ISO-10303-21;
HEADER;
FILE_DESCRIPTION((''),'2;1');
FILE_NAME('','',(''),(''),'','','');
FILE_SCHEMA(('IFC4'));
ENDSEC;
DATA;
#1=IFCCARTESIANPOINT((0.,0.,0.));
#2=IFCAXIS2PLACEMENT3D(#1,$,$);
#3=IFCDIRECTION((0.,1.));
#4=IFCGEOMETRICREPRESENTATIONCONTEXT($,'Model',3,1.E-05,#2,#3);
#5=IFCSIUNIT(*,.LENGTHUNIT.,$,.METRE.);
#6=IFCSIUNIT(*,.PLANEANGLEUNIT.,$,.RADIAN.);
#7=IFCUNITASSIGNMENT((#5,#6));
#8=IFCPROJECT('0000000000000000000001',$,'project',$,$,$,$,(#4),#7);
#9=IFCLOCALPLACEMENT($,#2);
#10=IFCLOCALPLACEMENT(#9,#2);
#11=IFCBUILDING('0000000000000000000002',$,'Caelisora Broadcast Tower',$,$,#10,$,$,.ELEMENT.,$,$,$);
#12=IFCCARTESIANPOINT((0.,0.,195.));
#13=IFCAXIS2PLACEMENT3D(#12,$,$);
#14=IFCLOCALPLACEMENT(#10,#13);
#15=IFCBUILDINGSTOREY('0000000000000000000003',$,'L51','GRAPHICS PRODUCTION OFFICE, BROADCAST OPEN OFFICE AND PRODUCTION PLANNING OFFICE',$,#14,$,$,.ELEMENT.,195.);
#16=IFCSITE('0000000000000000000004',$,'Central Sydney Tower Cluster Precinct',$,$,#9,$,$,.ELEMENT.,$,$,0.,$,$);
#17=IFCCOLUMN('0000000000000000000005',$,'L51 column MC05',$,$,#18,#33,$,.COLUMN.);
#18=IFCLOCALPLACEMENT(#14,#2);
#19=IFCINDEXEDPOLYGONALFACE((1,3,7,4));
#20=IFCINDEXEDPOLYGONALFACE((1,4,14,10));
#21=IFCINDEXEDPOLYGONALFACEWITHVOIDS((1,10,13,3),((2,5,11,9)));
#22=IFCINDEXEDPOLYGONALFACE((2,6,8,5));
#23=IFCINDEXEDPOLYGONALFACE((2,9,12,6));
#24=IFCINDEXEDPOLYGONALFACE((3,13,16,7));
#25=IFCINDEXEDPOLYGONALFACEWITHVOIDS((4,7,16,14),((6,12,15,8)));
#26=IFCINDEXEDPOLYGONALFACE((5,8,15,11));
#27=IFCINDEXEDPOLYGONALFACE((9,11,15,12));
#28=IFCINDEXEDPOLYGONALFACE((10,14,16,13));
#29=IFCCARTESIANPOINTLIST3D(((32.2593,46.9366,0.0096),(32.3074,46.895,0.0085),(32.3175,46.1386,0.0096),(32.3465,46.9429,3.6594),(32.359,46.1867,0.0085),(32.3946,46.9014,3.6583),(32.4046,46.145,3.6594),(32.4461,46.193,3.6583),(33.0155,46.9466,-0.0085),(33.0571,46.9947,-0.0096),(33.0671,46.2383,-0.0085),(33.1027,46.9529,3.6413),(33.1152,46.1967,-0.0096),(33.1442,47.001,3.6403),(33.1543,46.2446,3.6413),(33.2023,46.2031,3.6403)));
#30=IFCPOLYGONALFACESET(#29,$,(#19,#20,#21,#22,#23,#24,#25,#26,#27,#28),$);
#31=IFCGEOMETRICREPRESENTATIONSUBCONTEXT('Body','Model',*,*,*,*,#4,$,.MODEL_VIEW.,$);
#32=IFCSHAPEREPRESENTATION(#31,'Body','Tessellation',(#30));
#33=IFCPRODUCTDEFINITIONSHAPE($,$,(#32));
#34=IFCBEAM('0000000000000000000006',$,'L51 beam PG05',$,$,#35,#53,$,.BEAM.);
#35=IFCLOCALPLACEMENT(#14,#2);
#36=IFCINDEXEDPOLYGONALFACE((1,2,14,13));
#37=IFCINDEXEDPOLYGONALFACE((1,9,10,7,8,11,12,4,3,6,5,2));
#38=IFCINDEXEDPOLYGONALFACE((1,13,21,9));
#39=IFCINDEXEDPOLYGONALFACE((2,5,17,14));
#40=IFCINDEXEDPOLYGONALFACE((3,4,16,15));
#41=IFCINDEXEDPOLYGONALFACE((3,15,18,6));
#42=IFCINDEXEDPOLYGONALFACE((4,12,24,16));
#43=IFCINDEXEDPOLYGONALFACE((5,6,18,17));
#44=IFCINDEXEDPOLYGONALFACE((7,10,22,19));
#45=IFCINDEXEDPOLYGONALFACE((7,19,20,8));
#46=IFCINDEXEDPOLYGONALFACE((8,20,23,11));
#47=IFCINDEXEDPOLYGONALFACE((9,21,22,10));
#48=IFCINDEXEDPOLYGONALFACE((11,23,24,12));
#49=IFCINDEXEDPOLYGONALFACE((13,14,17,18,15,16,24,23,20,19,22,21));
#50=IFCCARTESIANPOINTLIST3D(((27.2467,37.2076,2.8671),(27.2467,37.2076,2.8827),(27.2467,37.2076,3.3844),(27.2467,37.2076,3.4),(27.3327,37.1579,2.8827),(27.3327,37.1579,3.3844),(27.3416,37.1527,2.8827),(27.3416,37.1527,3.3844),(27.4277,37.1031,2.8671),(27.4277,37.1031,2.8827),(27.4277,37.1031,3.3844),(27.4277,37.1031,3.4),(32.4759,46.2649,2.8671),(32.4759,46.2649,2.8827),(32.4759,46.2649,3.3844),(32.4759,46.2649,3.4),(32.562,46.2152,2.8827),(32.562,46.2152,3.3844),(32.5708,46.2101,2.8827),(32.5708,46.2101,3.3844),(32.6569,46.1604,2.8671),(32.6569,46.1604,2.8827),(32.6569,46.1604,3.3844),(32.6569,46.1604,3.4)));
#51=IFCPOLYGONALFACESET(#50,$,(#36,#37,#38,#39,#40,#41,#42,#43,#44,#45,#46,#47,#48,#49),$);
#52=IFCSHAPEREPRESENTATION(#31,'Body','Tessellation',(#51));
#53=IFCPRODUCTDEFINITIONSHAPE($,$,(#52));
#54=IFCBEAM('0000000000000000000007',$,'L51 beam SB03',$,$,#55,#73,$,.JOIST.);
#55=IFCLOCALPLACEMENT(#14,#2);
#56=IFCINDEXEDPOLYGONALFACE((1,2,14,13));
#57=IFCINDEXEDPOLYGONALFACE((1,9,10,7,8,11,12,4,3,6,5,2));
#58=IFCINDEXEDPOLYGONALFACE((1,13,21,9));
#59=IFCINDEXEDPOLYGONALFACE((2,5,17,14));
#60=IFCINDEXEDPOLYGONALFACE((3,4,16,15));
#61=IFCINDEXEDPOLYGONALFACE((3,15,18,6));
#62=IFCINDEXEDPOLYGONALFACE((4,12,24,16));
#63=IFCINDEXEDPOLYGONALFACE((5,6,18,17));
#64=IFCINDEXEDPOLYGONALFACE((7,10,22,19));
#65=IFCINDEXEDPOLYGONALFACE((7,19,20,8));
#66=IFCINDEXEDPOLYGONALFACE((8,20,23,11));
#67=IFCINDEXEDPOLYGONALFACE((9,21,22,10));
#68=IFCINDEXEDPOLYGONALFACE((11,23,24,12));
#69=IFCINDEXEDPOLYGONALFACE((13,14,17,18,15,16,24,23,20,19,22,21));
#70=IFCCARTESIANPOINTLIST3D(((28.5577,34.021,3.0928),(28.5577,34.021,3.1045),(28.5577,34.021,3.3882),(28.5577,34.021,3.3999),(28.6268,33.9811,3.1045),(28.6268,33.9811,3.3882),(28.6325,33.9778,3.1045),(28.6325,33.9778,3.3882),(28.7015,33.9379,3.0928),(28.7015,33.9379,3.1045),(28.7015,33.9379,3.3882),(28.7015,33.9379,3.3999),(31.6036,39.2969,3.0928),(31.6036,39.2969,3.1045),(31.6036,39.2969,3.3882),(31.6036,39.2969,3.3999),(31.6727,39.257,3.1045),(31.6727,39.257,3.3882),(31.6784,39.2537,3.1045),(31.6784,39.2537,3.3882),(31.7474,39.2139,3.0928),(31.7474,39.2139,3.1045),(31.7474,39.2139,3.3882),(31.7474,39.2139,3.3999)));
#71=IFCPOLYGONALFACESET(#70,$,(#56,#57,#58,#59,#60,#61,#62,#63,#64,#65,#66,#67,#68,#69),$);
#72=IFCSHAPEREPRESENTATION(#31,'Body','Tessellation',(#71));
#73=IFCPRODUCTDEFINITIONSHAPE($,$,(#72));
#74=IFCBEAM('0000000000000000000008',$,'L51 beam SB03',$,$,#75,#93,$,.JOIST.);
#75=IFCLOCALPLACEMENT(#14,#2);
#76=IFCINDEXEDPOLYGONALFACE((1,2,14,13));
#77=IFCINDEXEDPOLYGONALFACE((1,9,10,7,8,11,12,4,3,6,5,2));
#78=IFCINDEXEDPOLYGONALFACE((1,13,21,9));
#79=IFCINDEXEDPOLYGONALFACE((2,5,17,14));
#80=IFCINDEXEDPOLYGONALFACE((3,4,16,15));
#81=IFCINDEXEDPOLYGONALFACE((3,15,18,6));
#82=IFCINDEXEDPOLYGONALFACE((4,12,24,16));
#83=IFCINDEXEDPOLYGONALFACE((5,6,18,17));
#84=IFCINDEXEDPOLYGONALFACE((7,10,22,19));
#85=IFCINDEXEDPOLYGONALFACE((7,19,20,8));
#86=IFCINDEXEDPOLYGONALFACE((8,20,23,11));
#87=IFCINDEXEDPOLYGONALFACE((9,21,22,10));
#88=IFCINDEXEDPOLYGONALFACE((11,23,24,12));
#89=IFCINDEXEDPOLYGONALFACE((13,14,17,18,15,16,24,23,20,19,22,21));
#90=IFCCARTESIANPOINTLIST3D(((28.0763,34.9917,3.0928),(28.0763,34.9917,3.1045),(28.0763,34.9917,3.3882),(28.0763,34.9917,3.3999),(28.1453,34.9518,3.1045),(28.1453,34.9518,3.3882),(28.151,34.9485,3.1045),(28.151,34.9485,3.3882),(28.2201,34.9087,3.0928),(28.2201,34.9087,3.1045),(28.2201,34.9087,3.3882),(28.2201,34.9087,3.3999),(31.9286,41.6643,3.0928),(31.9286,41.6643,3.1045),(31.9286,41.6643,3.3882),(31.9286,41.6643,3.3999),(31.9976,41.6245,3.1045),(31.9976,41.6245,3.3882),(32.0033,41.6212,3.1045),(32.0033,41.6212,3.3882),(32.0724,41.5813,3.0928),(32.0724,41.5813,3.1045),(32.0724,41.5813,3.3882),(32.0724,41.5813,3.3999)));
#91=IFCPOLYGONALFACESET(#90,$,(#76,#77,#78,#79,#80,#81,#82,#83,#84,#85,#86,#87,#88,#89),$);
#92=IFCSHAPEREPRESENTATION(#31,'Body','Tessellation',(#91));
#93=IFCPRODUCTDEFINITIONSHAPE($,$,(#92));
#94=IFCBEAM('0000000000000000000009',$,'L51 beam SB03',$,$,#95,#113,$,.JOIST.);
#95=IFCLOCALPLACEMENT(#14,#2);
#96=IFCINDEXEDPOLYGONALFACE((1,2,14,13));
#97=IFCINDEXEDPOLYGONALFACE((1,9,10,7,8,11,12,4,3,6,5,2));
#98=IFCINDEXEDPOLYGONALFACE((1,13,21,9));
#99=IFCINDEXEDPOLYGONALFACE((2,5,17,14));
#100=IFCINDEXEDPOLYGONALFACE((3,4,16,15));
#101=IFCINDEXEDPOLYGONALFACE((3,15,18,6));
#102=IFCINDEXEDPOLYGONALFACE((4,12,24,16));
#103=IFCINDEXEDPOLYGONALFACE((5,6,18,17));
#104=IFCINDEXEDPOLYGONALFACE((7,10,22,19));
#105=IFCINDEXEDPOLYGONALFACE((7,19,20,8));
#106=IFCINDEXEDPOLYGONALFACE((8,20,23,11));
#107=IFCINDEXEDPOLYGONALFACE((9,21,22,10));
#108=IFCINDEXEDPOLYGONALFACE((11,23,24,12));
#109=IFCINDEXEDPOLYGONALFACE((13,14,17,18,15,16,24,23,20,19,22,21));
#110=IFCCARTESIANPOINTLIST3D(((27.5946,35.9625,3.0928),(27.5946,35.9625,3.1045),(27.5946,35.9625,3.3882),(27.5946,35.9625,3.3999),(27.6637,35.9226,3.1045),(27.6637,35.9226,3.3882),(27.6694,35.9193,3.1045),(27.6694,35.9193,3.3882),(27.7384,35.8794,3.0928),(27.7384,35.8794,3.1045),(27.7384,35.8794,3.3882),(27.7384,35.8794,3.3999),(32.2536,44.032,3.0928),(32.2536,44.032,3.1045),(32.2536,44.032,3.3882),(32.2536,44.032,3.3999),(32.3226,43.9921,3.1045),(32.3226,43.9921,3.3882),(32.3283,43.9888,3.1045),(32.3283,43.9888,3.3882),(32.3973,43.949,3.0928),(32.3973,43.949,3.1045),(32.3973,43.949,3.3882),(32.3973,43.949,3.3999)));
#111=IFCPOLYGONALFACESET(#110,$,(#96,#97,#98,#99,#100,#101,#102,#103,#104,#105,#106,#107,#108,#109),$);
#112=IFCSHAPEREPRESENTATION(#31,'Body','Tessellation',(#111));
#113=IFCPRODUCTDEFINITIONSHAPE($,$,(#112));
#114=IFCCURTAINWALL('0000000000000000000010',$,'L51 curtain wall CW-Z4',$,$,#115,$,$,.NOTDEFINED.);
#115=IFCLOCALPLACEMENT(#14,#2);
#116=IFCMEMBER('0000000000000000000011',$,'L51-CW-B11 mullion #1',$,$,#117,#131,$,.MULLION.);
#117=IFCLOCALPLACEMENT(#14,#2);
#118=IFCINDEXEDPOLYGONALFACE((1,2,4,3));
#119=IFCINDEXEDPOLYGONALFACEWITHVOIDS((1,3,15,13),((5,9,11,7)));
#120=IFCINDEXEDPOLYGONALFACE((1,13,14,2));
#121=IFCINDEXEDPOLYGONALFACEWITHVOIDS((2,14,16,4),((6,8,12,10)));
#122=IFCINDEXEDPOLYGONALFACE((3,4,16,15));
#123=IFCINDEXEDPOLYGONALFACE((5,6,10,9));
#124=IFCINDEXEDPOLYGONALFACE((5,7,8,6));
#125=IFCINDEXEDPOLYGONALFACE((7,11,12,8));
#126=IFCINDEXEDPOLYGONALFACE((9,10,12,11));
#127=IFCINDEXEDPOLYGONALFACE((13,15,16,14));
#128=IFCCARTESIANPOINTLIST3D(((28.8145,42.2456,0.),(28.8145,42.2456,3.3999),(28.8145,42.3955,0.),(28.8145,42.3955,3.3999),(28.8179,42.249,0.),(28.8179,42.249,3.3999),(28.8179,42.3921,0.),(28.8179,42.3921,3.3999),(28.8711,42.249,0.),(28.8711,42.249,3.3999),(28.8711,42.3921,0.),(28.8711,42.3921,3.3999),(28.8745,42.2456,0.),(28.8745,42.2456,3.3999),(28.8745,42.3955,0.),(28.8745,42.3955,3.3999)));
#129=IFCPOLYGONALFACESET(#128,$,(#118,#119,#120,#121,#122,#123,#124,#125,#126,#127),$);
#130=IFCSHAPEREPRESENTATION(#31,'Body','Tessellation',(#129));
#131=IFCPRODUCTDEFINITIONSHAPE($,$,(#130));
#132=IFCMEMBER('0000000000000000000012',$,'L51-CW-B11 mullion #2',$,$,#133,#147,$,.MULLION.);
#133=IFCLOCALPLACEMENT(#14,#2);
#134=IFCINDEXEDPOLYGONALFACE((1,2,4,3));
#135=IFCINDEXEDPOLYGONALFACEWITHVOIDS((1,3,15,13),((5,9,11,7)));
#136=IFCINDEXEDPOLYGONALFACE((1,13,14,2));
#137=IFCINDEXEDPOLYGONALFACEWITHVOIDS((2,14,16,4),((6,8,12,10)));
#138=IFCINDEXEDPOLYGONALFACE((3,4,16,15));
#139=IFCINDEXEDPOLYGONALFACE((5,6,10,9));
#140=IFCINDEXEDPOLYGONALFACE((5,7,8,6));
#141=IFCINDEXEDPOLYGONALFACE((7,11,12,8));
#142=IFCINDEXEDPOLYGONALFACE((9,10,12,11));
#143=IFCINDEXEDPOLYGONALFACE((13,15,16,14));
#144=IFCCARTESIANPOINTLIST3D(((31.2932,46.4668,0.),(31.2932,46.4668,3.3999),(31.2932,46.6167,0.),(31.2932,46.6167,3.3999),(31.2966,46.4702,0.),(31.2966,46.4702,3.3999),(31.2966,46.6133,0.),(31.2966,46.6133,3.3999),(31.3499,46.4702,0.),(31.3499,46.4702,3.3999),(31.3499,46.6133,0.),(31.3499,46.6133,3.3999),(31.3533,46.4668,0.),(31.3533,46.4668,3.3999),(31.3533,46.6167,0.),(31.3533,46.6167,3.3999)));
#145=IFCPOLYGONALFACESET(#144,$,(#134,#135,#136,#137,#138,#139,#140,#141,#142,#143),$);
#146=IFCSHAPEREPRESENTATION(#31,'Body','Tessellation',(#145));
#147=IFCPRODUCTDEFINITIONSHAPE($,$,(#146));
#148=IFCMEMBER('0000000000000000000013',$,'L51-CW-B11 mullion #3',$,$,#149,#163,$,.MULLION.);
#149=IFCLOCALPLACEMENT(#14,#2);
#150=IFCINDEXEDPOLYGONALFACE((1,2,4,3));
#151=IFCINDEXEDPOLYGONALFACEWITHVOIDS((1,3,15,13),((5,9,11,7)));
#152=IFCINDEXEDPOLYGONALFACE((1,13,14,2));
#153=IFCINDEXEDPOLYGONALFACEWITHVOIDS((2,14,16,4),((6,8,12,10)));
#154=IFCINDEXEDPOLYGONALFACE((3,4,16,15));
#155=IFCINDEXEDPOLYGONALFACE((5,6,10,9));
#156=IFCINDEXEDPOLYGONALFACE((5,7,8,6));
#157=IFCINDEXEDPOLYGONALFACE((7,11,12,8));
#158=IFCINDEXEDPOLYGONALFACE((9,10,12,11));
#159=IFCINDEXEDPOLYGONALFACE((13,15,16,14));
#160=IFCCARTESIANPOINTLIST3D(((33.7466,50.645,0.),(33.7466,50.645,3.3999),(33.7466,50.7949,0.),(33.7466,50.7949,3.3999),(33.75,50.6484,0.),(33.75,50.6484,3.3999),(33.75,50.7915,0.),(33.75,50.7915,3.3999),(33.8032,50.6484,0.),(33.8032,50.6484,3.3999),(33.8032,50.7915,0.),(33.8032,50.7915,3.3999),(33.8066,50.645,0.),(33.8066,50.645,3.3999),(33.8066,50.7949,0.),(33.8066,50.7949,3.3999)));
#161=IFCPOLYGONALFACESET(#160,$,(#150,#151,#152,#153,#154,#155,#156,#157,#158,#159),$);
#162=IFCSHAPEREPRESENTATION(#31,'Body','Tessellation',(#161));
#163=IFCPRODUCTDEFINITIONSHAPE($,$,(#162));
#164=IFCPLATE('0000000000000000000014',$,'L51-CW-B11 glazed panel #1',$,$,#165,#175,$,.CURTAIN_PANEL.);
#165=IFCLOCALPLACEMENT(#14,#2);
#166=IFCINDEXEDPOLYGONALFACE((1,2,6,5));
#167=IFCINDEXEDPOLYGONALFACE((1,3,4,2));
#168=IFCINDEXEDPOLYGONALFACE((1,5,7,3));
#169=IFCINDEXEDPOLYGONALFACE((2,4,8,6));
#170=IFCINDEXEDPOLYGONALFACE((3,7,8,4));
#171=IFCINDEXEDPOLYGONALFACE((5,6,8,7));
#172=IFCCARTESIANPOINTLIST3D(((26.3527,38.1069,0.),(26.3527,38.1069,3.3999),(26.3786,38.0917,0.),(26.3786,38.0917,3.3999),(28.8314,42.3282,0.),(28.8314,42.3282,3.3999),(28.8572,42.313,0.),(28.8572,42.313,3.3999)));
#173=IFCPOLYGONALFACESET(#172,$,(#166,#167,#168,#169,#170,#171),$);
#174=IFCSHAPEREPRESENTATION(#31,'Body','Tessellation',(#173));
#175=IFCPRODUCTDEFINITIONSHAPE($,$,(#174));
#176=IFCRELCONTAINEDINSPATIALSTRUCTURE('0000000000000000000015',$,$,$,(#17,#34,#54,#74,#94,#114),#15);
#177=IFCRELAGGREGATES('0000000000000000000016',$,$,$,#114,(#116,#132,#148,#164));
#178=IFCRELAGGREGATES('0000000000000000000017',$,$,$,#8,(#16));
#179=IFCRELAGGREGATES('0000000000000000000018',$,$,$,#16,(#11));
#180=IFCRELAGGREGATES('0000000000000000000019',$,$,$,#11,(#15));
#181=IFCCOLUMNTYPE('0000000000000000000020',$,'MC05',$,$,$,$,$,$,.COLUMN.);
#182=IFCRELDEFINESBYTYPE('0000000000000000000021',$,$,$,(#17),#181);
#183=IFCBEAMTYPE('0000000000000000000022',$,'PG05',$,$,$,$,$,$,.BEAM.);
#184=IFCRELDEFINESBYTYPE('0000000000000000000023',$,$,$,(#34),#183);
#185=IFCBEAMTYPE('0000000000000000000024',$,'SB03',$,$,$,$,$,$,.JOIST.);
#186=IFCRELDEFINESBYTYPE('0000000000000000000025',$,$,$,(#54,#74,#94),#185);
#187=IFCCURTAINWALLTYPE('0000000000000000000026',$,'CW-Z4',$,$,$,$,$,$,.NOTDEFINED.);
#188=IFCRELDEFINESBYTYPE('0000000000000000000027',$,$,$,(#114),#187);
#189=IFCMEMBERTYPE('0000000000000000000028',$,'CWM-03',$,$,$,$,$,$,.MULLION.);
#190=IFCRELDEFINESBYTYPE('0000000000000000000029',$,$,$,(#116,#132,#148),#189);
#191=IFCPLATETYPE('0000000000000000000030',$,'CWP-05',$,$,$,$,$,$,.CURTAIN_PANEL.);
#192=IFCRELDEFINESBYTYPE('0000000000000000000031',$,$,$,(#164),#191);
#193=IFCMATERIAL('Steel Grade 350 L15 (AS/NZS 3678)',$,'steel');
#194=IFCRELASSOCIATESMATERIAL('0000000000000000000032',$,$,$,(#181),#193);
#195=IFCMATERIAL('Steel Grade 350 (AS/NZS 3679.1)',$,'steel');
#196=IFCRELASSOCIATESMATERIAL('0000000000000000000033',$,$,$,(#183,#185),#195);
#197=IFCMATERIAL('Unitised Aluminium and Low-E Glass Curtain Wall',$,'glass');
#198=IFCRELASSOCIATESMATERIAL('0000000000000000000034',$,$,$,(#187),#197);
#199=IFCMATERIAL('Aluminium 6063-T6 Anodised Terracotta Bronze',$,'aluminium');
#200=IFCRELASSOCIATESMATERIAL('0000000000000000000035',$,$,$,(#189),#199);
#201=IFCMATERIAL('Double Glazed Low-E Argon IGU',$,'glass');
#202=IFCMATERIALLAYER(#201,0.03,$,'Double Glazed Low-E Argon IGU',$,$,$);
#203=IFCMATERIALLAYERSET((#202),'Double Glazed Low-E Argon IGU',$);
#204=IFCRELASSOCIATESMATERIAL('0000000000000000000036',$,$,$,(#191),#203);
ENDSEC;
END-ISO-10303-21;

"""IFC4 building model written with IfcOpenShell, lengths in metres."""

from ifc_helpers import new_model, si_unit, direction, frame, origin, origin_2d, place, context, subcontext, project, spatial, rectangle, hollow_rectangle, i_section, extrude, source, transform, mapped, material, layer, layer_set, material_profile, profile_set, type_object, type_shapes, element, aggregate, save


model = new_model("IFC4")

# Units and contexts
model_context = context("Model", 3, precision=1e-05, world=origin(), true_north=direction((0.0, 1.0)))
body_context = subcontext(model_context, "Body", "Model", "MODEL_VIEW")
ifc_project = project(units=[si_unit("LENGTHUNIT", "METRE"), si_unit("PLANEANGLEUNIT", "RADIAN")], contexts=[model_context])

# Site, building, storey
site_placement = place(None, origin())
site = spatial("IfcSite", under=ifc_project, at=site_placement, Name="Central Sydney Tower Cluster Precinct", CompositionType="ELEMENT", RefElevation=0.0)
building_placement = place(site_placement, origin())
building = spatial("IfcBuilding", under=site, at=building_placement, Name="Caelisora Broadcast Tower", CompositionType="ELEMENT")
storey_placement = place(building_placement, frame((0.0, 0.0, 195.0)))
storey = spatial("IfcBuildingStorey", under=building, at=storey_placement, Name="L51", Description="GRAPHICS PRODUCTION OFFICE, BROADCAST OPEN OFFICE AND PRODUCTION PLANNING OFFICE", CompositionType="ELEMENT", Elevation=195.0)

# Column
ifc_material_1 = material(Name="Steel Grade 350 L15 (AS/NZS 3678)", Category="steel")
ifc_material_profile_1 = material_profile(ifc_material_1, hollow_rectangle(XDim=0.8, YDim=0.8, WallThickness=0.0449, at=origin_2d()), Name="Steel Grade 350 L15 (AS/NZS 3678)")
ifc_profile_set_1 = profile_set([ifc_material_profile_1], Name="Steel Grade 350 L15 (AS/NZS 3678)")
column_type = type_object("IfcColumnType", Name="MC05", PredefinedType="COLUMN", material=ifc_profile_set_1)
shared_shape_1 = source(origin(), body_context, "Body", "SweptSolid", [
    extrude(hollow_rectangle(XDim=0.8, YDim=0.8, WallThickness=0.0449, at=origin_2d()), origin(), (0.0, 0.0, 1.0), 3.6509),
])
type_shapes(column_type, [shared_shape_1])
column_placement = place(storey_placement, frame((32.6873, 46.5667, 0.0), z_axis=(0.023873, 0.001739, 0.999713), x_axis=(-0.072637, 0.997358, 0.0)))
element("IfcColumn", 1, at=column_placement, inside=storey, type_object=column_type, Name="L51 column MC05", PredefinedType="COLUMN", context=body_context, shape_type="MappedRepresentation", body=[
    mapped(shared_shape_1, transform((0.0, 0.0, 0.0), scale=1.0)),
])

# Beams
ifc_material_2 = material(Name="Steel Grade 350 (AS/NZS 3679.1)", Category="steel")
ifc_material_profile_2 = material_profile(ifc_material_2, i_section(OverallWidth=0.209, OverallDepth=0.533, WebThickness=0.0103, FlangeThickness=0.0156, at=origin_2d()), Name="Steel Grade 350 (AS/NZS 3679.1)")
ifc_profile_set_2 = profile_set([ifc_material_profile_2], Name="Steel Grade 350 (AS/NZS 3679.1)")
beam_type_1 = type_object("IfcBeamType", Name="PG05", PredefinedType="BEAM", material=ifc_profile_set_2)
shared_shape_2 = source(origin(), body_context, "Body", "SweptSolid", [
    extrude(i_section(OverallWidth=0.209, OverallDepth=0.533, WebThickness=0.0103, FlangeThickness=0.0156, at=origin_2d()), origin(), (0.0, 0.0, 1.0), 10.4585),
])
type_shapes(beam_type_1, [shared_shape_2])
beam_1_placement = place(storey_placement, frame((32.5664, 46.2126, 3.1335), z_axis=(-0.499998, -0.866027, 0.0), x_axis=(0.866027, -0.499998, 0.0)))
element("IfcBeam", 2, at=beam_1_placement, inside=storey, type_object=beam_type_1, Name="L51 beam PG05", PredefinedType="BEAM", context=body_context, shape_type="MappedRepresentation", body=[
    mapped(shared_shape_2, transform((0.0, 0.0, 0.0), scale=1.0)),
])
ifc_material_profile_3 = material_profile(ifc_material_2, i_section(OverallWidth=0.166, OverallDepth=0.3071, WebThickness=0.0066, FlangeThickness=0.0117, at=origin_2d()), Name="Steel Grade 350 (AS/NZS 3679.1)")
ifc_profile_set_3 = profile_set([ifc_material_profile_3], Name="Steel Grade 350 (AS/NZS 3679.1)")
beam_type_2 = type_object("IfcBeamType", Name="SB03", PredefinedType="JOIST", material=ifc_profile_set_3)
shared_shape_3 = source(origin(), body_context, "Body", "SweptSolid", [
    extrude(i_section(OverallWidth=0.166, OverallDepth=0.3071, WebThickness=0.0066, FlangeThickness=0.0117, at=origin_2d()), origin(), (0.0, 0.0, 1.0), 6.092),
])
beam_2_placement = place(storey_placement, frame((31.6755, 39.2554, 3.2463), z_axis=(-0.499984, -0.866035, 0.0), x_axis=(0.866035, -0.499984, 0.0)))
element("IfcBeam", 3, at=beam_2_placement, inside=storey, type_object=beam_type_2, Name="L51 beam SB03", PredefinedType="JOIST", context=body_context, shape_type="MappedRepresentation", body=[
    mapped(shared_shape_3, transform((0.0, 0.0, 0.0), scale=1.0)),
])
shared_shape_4 = source(origin(), body_context, "Body", "SweptSolid", [
    extrude(i_section(OverallWidth=0.166, OverallDepth=0.3071, WebThickness=0.0066, FlangeThickness=0.0117, at=origin_2d()), origin(), (0.0, 0.0, 1.0), 7.7048),
])
beam_3_placement = place(storey_placement, frame((32.0005, 41.6228, 3.2463), z_axis=(-0.499987, -0.866033, 0.0), x_axis=(0.866033, -0.499987, 0.0)))
element("IfcBeam", 4, at=beam_3_placement, inside=storey, type_object=beam_type_2, Name="L51 beam SB03", PredefinedType="JOIST", context=body_context, shape_type="MappedRepresentation", body=[
    mapped(shared_shape_4, transform((0.0, 0.0, 0.0), scale=1.0)),
])
shared_shape_5 = source(origin(), body_context, "Body", "SweptSolid", [
    extrude(i_section(OverallWidth=0.166, OverallDepth=0.3071, WebThickness=0.0066, FlangeThickness=0.0117, at=origin_2d()), origin(), (0.0, 0.0, 1.0), 9.3179),
])
type_shapes(beam_type_2, [shared_shape_3, shared_shape_4, shared_shape_5])
beam_4_placement = place(storey_placement, frame((32.3254, 43.9905, 3.2463), z_axis=(-0.499997, -0.866027, 0.0), x_axis=(0.866027, -0.499997, 0.0)))
element("IfcBeam", 5, at=beam_4_placement, inside=storey, type_object=beam_type_2, Name="L51 beam SB03", PredefinedType="JOIST", context=body_context, shape_type="MappedRepresentation", body=[
    mapped(shared_shape_5, transform((0.0, 0.0, 0.0), scale=1.0)),
])

# Curtain wall, members, plate
ifc_material_3 = material(Name="Unitised Aluminium and Low-E Glass Curtain Wall", Category="glass")
curtain_wall_type = type_object("IfcCurtainWallType", Name="CW-Z4", PredefinedType="NOTDEFINED", material=ifc_material_3)
curtain_wall_placement = place(storey_placement, origin())
curtain_wall = element("IfcCurtainWall", 6, at=curtain_wall_placement, inside=storey, type_object=curtain_wall_type, Name="L51 curtain wall CW-Z4", PredefinedType="NOTDEFINED")
ifc_material_4 = material(Name="Aluminium 6063-T6 Anodised Terracotta Bronze", Category="aluminium")
ifc_material_profile_4 = material_profile(ifc_material_4, hollow_rectangle(XDim=0.0601, YDim=0.1499, WallThickness=0.0034, at=origin_2d()), Name="Aluminium 6063-T6 Anodised Terracotta Bronze")
ifc_profile_set_4 = profile_set([ifc_material_profile_4], Name="Aluminium 6063-T6 Anodised Terracotta Bronze")
member_type = type_object("IfcMemberType", Name="CWM-03", PredefinedType="MULLION", material=ifc_profile_set_4)
shared_shape_6 = source(origin(), body_context, "Body", "SweptSolid", [
    extrude(hollow_rectangle(XDim=0.0601, YDim=0.1499, WallThickness=0.0034, at=origin_2d()), origin(), (0.0, 0.0, 1.0), 3.3999),
])
type_shapes(member_type, [shared_shape_6])
member_1_placement = place(storey_placement, frame((28.8445, 42.3206, 0.0), z_axis=(0.0, 0.0, 1.0), x_axis=(1.0, 0.0, 0.0)))
member_1 = element("IfcMember", 7, at=member_1_placement, type_object=member_type, Name="L51-CW-B11 mullion #1", PredefinedType="MULLION", context=body_context, shape_type="MappedRepresentation", body=[
    mapped(shared_shape_6, transform((0.0, 0.0, 0.0), scale=1.0)),
])
member_2_placement = place(storey_placement, frame((31.3232, 46.5417, 0.0), z_axis=(0.0, 0.0, 1.0), x_axis=(1.0, 0.0, 0.0)))
member_2 = element("IfcMember", 8, at=member_2_placement, type_object=member_type, Name="L51-CW-B11 mullion #2", PredefinedType="MULLION", context=body_context, shape_type="MappedRepresentation", body=[
    mapped(shared_shape_6, transform((0.0, 0.0, 0.0), scale=1.0)),
])
member_3_placement = place(storey_placement, frame((33.7766, 50.72, 0.0), z_axis=(0.0, 0.0, 1.0), x_axis=(1.0, 0.0, 0.0)))
member_3 = element("IfcMember", 9, at=member_3_placement, type_object=member_type, Name="L51-CW-B11 mullion #3", PredefinedType="MULLION", context=body_context, shape_type="MappedRepresentation", body=[
    mapped(shared_shape_6, transform((0.0, 0.0, 0.0), scale=1.0)),
])
ifc_material_5 = material(Name="Double Glazed Low-E Argon IGU", Category="glass")
ifc_layer_1 = layer(ifc_material_5, 0.03, Name="Double Glazed Low-E Argon IGU")
ifc_layer_set_1 = layer_set([ifc_layer_1], Name="Double Glazed Low-E Argon IGU")
plate_type = type_object("IfcPlateType", Name="CWP-05", PredefinedType="CURTAIN_PANEL", material=ifc_layer_set_1)
shared_shape_7 = source(origin(), body_context, "Body", "SweptSolid", [
    extrude(rectangle(XDim=4.8953, YDim=0.03, at=origin_2d()), origin(), (0.0, 0.0, 1.0), 3.3999),
])
type_shapes(plate_type, [shared_shape_7])
plate_1_placement = place(storey_placement, frame((27.605, 40.21, 0.0), z_axis=(0.0, 0.0, 1.0), x_axis=(0.506335, 0.862337, 0.0)))
plate_1 = element("IfcPlate", 10, at=plate_1_placement, type_object=plate_type, Name="L51-CW-B11 glazed panel #1", PredefinedType="CURTAIN_PANEL", context=body_context, shape_type="MappedRepresentation", body=[
    mapped(shared_shape_7, transform((0.0, 0.0, 0.0), scale=1.0)),
])
aggregate(curtain_wall, [member_1, member_2, member_3, plate_1])

save(model, "model.ifc")
